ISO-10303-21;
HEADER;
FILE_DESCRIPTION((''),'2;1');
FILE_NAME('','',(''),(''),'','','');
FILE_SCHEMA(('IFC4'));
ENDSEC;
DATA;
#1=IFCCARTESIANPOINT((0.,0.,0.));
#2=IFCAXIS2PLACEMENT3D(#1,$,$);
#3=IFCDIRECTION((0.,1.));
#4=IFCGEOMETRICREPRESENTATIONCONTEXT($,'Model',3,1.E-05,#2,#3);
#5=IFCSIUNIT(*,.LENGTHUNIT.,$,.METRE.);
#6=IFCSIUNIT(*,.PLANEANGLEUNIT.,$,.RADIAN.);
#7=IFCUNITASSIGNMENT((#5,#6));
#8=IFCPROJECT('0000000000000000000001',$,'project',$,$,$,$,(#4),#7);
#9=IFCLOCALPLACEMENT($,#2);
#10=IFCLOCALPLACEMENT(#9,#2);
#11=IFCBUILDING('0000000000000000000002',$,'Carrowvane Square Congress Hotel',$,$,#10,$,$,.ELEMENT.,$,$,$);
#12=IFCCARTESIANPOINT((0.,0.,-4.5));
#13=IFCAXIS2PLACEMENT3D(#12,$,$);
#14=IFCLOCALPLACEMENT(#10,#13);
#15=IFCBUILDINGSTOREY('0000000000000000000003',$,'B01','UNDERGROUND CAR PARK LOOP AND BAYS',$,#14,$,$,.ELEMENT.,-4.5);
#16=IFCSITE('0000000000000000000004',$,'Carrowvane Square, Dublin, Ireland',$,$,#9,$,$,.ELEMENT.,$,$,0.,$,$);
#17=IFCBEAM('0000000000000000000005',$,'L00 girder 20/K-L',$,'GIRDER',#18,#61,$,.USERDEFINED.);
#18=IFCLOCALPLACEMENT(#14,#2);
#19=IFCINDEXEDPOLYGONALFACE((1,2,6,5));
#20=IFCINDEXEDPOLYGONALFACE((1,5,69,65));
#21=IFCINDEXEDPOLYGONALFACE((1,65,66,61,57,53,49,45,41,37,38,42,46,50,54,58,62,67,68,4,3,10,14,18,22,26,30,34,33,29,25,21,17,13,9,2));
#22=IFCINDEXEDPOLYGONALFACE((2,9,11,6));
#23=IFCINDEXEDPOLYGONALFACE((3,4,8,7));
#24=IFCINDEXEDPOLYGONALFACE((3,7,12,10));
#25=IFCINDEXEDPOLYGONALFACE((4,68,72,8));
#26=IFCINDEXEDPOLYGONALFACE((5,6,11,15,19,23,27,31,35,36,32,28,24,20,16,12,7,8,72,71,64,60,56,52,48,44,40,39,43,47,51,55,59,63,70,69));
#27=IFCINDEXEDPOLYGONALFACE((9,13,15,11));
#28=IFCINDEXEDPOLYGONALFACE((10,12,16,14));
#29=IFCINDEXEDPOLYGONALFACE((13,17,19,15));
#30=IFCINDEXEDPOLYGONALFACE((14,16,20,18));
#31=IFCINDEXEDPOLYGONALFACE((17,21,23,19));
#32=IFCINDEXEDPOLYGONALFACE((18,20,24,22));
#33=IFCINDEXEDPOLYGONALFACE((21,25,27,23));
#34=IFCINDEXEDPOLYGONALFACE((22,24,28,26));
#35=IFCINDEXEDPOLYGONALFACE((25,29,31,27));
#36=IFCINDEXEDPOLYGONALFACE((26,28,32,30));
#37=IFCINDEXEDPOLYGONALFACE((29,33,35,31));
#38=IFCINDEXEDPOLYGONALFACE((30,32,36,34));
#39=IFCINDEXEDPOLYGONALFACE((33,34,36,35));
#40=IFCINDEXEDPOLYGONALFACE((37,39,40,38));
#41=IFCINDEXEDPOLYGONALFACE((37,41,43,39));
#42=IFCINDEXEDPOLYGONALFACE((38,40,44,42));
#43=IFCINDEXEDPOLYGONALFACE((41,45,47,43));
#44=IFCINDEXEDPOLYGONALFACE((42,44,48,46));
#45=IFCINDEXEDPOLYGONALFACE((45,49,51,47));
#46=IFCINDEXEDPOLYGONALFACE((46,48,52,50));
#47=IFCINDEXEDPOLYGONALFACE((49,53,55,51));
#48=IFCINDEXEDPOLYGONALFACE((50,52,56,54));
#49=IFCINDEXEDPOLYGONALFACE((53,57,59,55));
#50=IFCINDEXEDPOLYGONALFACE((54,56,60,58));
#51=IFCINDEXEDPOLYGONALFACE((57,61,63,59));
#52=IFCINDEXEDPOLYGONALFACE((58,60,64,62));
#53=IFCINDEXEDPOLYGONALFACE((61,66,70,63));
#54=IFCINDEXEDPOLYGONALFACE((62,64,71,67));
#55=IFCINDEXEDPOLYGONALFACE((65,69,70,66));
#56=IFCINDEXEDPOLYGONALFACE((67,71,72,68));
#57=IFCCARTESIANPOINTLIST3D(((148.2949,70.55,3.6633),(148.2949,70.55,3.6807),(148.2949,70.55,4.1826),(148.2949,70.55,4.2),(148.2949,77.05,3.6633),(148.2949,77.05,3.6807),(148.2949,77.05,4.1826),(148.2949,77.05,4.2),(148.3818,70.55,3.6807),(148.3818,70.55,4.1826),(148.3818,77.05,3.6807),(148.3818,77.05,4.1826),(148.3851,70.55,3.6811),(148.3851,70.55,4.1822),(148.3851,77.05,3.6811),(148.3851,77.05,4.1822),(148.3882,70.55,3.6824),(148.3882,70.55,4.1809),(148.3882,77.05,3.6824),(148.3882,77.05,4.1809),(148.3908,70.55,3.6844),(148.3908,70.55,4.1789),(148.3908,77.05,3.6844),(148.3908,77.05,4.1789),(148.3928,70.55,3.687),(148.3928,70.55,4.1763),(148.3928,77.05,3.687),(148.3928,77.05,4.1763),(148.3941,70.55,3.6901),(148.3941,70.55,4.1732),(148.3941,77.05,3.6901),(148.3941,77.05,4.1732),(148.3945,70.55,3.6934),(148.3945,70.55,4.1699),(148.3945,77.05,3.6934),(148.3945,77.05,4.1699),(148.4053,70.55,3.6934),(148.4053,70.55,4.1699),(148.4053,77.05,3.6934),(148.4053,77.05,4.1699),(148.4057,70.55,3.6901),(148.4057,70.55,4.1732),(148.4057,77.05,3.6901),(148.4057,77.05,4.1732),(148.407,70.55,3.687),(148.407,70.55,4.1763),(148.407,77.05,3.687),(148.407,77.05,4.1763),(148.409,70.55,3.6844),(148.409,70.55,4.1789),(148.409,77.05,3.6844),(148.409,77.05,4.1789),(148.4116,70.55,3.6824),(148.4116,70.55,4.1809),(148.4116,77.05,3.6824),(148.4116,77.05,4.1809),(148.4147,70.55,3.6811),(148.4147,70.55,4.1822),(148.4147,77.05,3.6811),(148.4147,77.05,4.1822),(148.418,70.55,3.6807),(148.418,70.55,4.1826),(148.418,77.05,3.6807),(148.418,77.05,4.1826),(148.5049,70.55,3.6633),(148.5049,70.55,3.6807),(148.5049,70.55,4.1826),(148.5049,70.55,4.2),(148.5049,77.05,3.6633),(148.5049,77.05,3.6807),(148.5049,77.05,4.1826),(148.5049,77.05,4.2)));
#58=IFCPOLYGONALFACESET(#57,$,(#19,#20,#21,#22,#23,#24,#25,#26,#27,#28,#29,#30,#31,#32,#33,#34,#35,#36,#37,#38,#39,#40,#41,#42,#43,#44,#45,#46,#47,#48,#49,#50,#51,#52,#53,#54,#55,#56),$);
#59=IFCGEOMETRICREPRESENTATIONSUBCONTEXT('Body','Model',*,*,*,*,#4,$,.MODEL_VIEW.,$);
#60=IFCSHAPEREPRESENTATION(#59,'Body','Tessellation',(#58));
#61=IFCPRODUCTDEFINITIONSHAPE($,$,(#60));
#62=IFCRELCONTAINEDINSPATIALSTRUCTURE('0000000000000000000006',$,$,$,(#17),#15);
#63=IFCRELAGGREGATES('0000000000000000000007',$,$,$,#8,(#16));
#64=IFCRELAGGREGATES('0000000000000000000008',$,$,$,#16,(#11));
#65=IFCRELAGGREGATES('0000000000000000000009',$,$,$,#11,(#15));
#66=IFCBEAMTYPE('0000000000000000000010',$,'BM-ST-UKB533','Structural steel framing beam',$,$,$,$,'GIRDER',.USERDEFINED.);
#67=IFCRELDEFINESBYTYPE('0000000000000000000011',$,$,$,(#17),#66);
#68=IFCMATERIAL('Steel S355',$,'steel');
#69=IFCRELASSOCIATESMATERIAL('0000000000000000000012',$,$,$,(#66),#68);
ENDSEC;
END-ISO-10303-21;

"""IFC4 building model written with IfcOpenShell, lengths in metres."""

from ifc_helpers import new_model, si_unit, direction, frame, origin, origin_2d, place, context, subcontext, project, spatial, i_section, extrude, material, material_profile, profile_set, type_object, element, save


model = new_model("IFC4")

# Units and contexts
model_context = context("Model", 3, precision=1e-05, world=origin(), true_north=direction((0.0, 1.0)))
body_context = subcontext(model_context, "Body", "Model", "MODEL_VIEW")
ifc_project = project(units=[si_unit("LENGTHUNIT", "METRE"), si_unit("PLANEANGLEUNIT", "RADIAN")], contexts=[model_context])

# Site, building, storey
site_placement = place(None, origin())
site = spatial("IfcSite", under=ifc_project, at=site_placement, Name="Carrowvane Square, Dublin, Ireland", CompositionType="ELEMENT", RefElevation=0.0)
building_placement = place(site_placement, origin())
building = spatial("IfcBuilding", under=site, at=building_placement, Name="Carrowvane Square Congress Hotel", CompositionType="ELEMENT")
storey_placement = place(building_placement, frame((0.0, 0.0, -4.5)))
storey = spatial("IfcBuildingStorey", under=building, at=storey_placement, Name="B01", Description="UNDERGROUND CAR PARK LOOP AND BAYS", CompositionType="ELEMENT", Elevation=-4.5)

# Beam
ifc_material_1 = material(Name="Steel S355", Category="steel")
ifc_material_profile_1 = material_profile(ifc_material_1, i_section(OverallWidth=0.21, OverallDepth=0.5366, WebThickness=0.0107, FlangeThickness=0.0173, FilletRadius=0.0127, at=origin_2d()), Name="UKB 533x210x101")
ifc_profile_set_1 = profile_set([ifc_material_profile_1], Name="Steel S355")
beam_type_1 = type_object("IfcBeamType", Name="BM-ST-UKB533", Description="Structural steel framing beam", ElementType="GIRDER", PredefinedType="USERDEFINED", material=ifc_profile_set_1)
for number, where, z_axis, x_axis, name in (
    (1, (148.3999, 70.55, 3.9316), (0.0, 1.0, 0.0), (-1.0, 0.0, 0.0), "L00 girder 20/K-L"),
):
    element("IfcBeam", number, at=place(storey_placement, frame(where, z_axis=z_axis, x_axis=x_axis)), inside=storey, type_object=beam_type_1, Name=name, ObjectType="GIRDER", PredefinedType="USERDEFINED", context=body_context, shape_type="SweptSolid", body=[
        extrude(i_section(OverallWidth=0.21, OverallDepth=0.5366, WebThickness=0.0107, FlangeThickness=0.0173, FilletRadius=0.0127, at=origin_2d()), origin(), (0.0, 0.0, 1.0), 6.5),
    ])

save(model, "model.ifc")
